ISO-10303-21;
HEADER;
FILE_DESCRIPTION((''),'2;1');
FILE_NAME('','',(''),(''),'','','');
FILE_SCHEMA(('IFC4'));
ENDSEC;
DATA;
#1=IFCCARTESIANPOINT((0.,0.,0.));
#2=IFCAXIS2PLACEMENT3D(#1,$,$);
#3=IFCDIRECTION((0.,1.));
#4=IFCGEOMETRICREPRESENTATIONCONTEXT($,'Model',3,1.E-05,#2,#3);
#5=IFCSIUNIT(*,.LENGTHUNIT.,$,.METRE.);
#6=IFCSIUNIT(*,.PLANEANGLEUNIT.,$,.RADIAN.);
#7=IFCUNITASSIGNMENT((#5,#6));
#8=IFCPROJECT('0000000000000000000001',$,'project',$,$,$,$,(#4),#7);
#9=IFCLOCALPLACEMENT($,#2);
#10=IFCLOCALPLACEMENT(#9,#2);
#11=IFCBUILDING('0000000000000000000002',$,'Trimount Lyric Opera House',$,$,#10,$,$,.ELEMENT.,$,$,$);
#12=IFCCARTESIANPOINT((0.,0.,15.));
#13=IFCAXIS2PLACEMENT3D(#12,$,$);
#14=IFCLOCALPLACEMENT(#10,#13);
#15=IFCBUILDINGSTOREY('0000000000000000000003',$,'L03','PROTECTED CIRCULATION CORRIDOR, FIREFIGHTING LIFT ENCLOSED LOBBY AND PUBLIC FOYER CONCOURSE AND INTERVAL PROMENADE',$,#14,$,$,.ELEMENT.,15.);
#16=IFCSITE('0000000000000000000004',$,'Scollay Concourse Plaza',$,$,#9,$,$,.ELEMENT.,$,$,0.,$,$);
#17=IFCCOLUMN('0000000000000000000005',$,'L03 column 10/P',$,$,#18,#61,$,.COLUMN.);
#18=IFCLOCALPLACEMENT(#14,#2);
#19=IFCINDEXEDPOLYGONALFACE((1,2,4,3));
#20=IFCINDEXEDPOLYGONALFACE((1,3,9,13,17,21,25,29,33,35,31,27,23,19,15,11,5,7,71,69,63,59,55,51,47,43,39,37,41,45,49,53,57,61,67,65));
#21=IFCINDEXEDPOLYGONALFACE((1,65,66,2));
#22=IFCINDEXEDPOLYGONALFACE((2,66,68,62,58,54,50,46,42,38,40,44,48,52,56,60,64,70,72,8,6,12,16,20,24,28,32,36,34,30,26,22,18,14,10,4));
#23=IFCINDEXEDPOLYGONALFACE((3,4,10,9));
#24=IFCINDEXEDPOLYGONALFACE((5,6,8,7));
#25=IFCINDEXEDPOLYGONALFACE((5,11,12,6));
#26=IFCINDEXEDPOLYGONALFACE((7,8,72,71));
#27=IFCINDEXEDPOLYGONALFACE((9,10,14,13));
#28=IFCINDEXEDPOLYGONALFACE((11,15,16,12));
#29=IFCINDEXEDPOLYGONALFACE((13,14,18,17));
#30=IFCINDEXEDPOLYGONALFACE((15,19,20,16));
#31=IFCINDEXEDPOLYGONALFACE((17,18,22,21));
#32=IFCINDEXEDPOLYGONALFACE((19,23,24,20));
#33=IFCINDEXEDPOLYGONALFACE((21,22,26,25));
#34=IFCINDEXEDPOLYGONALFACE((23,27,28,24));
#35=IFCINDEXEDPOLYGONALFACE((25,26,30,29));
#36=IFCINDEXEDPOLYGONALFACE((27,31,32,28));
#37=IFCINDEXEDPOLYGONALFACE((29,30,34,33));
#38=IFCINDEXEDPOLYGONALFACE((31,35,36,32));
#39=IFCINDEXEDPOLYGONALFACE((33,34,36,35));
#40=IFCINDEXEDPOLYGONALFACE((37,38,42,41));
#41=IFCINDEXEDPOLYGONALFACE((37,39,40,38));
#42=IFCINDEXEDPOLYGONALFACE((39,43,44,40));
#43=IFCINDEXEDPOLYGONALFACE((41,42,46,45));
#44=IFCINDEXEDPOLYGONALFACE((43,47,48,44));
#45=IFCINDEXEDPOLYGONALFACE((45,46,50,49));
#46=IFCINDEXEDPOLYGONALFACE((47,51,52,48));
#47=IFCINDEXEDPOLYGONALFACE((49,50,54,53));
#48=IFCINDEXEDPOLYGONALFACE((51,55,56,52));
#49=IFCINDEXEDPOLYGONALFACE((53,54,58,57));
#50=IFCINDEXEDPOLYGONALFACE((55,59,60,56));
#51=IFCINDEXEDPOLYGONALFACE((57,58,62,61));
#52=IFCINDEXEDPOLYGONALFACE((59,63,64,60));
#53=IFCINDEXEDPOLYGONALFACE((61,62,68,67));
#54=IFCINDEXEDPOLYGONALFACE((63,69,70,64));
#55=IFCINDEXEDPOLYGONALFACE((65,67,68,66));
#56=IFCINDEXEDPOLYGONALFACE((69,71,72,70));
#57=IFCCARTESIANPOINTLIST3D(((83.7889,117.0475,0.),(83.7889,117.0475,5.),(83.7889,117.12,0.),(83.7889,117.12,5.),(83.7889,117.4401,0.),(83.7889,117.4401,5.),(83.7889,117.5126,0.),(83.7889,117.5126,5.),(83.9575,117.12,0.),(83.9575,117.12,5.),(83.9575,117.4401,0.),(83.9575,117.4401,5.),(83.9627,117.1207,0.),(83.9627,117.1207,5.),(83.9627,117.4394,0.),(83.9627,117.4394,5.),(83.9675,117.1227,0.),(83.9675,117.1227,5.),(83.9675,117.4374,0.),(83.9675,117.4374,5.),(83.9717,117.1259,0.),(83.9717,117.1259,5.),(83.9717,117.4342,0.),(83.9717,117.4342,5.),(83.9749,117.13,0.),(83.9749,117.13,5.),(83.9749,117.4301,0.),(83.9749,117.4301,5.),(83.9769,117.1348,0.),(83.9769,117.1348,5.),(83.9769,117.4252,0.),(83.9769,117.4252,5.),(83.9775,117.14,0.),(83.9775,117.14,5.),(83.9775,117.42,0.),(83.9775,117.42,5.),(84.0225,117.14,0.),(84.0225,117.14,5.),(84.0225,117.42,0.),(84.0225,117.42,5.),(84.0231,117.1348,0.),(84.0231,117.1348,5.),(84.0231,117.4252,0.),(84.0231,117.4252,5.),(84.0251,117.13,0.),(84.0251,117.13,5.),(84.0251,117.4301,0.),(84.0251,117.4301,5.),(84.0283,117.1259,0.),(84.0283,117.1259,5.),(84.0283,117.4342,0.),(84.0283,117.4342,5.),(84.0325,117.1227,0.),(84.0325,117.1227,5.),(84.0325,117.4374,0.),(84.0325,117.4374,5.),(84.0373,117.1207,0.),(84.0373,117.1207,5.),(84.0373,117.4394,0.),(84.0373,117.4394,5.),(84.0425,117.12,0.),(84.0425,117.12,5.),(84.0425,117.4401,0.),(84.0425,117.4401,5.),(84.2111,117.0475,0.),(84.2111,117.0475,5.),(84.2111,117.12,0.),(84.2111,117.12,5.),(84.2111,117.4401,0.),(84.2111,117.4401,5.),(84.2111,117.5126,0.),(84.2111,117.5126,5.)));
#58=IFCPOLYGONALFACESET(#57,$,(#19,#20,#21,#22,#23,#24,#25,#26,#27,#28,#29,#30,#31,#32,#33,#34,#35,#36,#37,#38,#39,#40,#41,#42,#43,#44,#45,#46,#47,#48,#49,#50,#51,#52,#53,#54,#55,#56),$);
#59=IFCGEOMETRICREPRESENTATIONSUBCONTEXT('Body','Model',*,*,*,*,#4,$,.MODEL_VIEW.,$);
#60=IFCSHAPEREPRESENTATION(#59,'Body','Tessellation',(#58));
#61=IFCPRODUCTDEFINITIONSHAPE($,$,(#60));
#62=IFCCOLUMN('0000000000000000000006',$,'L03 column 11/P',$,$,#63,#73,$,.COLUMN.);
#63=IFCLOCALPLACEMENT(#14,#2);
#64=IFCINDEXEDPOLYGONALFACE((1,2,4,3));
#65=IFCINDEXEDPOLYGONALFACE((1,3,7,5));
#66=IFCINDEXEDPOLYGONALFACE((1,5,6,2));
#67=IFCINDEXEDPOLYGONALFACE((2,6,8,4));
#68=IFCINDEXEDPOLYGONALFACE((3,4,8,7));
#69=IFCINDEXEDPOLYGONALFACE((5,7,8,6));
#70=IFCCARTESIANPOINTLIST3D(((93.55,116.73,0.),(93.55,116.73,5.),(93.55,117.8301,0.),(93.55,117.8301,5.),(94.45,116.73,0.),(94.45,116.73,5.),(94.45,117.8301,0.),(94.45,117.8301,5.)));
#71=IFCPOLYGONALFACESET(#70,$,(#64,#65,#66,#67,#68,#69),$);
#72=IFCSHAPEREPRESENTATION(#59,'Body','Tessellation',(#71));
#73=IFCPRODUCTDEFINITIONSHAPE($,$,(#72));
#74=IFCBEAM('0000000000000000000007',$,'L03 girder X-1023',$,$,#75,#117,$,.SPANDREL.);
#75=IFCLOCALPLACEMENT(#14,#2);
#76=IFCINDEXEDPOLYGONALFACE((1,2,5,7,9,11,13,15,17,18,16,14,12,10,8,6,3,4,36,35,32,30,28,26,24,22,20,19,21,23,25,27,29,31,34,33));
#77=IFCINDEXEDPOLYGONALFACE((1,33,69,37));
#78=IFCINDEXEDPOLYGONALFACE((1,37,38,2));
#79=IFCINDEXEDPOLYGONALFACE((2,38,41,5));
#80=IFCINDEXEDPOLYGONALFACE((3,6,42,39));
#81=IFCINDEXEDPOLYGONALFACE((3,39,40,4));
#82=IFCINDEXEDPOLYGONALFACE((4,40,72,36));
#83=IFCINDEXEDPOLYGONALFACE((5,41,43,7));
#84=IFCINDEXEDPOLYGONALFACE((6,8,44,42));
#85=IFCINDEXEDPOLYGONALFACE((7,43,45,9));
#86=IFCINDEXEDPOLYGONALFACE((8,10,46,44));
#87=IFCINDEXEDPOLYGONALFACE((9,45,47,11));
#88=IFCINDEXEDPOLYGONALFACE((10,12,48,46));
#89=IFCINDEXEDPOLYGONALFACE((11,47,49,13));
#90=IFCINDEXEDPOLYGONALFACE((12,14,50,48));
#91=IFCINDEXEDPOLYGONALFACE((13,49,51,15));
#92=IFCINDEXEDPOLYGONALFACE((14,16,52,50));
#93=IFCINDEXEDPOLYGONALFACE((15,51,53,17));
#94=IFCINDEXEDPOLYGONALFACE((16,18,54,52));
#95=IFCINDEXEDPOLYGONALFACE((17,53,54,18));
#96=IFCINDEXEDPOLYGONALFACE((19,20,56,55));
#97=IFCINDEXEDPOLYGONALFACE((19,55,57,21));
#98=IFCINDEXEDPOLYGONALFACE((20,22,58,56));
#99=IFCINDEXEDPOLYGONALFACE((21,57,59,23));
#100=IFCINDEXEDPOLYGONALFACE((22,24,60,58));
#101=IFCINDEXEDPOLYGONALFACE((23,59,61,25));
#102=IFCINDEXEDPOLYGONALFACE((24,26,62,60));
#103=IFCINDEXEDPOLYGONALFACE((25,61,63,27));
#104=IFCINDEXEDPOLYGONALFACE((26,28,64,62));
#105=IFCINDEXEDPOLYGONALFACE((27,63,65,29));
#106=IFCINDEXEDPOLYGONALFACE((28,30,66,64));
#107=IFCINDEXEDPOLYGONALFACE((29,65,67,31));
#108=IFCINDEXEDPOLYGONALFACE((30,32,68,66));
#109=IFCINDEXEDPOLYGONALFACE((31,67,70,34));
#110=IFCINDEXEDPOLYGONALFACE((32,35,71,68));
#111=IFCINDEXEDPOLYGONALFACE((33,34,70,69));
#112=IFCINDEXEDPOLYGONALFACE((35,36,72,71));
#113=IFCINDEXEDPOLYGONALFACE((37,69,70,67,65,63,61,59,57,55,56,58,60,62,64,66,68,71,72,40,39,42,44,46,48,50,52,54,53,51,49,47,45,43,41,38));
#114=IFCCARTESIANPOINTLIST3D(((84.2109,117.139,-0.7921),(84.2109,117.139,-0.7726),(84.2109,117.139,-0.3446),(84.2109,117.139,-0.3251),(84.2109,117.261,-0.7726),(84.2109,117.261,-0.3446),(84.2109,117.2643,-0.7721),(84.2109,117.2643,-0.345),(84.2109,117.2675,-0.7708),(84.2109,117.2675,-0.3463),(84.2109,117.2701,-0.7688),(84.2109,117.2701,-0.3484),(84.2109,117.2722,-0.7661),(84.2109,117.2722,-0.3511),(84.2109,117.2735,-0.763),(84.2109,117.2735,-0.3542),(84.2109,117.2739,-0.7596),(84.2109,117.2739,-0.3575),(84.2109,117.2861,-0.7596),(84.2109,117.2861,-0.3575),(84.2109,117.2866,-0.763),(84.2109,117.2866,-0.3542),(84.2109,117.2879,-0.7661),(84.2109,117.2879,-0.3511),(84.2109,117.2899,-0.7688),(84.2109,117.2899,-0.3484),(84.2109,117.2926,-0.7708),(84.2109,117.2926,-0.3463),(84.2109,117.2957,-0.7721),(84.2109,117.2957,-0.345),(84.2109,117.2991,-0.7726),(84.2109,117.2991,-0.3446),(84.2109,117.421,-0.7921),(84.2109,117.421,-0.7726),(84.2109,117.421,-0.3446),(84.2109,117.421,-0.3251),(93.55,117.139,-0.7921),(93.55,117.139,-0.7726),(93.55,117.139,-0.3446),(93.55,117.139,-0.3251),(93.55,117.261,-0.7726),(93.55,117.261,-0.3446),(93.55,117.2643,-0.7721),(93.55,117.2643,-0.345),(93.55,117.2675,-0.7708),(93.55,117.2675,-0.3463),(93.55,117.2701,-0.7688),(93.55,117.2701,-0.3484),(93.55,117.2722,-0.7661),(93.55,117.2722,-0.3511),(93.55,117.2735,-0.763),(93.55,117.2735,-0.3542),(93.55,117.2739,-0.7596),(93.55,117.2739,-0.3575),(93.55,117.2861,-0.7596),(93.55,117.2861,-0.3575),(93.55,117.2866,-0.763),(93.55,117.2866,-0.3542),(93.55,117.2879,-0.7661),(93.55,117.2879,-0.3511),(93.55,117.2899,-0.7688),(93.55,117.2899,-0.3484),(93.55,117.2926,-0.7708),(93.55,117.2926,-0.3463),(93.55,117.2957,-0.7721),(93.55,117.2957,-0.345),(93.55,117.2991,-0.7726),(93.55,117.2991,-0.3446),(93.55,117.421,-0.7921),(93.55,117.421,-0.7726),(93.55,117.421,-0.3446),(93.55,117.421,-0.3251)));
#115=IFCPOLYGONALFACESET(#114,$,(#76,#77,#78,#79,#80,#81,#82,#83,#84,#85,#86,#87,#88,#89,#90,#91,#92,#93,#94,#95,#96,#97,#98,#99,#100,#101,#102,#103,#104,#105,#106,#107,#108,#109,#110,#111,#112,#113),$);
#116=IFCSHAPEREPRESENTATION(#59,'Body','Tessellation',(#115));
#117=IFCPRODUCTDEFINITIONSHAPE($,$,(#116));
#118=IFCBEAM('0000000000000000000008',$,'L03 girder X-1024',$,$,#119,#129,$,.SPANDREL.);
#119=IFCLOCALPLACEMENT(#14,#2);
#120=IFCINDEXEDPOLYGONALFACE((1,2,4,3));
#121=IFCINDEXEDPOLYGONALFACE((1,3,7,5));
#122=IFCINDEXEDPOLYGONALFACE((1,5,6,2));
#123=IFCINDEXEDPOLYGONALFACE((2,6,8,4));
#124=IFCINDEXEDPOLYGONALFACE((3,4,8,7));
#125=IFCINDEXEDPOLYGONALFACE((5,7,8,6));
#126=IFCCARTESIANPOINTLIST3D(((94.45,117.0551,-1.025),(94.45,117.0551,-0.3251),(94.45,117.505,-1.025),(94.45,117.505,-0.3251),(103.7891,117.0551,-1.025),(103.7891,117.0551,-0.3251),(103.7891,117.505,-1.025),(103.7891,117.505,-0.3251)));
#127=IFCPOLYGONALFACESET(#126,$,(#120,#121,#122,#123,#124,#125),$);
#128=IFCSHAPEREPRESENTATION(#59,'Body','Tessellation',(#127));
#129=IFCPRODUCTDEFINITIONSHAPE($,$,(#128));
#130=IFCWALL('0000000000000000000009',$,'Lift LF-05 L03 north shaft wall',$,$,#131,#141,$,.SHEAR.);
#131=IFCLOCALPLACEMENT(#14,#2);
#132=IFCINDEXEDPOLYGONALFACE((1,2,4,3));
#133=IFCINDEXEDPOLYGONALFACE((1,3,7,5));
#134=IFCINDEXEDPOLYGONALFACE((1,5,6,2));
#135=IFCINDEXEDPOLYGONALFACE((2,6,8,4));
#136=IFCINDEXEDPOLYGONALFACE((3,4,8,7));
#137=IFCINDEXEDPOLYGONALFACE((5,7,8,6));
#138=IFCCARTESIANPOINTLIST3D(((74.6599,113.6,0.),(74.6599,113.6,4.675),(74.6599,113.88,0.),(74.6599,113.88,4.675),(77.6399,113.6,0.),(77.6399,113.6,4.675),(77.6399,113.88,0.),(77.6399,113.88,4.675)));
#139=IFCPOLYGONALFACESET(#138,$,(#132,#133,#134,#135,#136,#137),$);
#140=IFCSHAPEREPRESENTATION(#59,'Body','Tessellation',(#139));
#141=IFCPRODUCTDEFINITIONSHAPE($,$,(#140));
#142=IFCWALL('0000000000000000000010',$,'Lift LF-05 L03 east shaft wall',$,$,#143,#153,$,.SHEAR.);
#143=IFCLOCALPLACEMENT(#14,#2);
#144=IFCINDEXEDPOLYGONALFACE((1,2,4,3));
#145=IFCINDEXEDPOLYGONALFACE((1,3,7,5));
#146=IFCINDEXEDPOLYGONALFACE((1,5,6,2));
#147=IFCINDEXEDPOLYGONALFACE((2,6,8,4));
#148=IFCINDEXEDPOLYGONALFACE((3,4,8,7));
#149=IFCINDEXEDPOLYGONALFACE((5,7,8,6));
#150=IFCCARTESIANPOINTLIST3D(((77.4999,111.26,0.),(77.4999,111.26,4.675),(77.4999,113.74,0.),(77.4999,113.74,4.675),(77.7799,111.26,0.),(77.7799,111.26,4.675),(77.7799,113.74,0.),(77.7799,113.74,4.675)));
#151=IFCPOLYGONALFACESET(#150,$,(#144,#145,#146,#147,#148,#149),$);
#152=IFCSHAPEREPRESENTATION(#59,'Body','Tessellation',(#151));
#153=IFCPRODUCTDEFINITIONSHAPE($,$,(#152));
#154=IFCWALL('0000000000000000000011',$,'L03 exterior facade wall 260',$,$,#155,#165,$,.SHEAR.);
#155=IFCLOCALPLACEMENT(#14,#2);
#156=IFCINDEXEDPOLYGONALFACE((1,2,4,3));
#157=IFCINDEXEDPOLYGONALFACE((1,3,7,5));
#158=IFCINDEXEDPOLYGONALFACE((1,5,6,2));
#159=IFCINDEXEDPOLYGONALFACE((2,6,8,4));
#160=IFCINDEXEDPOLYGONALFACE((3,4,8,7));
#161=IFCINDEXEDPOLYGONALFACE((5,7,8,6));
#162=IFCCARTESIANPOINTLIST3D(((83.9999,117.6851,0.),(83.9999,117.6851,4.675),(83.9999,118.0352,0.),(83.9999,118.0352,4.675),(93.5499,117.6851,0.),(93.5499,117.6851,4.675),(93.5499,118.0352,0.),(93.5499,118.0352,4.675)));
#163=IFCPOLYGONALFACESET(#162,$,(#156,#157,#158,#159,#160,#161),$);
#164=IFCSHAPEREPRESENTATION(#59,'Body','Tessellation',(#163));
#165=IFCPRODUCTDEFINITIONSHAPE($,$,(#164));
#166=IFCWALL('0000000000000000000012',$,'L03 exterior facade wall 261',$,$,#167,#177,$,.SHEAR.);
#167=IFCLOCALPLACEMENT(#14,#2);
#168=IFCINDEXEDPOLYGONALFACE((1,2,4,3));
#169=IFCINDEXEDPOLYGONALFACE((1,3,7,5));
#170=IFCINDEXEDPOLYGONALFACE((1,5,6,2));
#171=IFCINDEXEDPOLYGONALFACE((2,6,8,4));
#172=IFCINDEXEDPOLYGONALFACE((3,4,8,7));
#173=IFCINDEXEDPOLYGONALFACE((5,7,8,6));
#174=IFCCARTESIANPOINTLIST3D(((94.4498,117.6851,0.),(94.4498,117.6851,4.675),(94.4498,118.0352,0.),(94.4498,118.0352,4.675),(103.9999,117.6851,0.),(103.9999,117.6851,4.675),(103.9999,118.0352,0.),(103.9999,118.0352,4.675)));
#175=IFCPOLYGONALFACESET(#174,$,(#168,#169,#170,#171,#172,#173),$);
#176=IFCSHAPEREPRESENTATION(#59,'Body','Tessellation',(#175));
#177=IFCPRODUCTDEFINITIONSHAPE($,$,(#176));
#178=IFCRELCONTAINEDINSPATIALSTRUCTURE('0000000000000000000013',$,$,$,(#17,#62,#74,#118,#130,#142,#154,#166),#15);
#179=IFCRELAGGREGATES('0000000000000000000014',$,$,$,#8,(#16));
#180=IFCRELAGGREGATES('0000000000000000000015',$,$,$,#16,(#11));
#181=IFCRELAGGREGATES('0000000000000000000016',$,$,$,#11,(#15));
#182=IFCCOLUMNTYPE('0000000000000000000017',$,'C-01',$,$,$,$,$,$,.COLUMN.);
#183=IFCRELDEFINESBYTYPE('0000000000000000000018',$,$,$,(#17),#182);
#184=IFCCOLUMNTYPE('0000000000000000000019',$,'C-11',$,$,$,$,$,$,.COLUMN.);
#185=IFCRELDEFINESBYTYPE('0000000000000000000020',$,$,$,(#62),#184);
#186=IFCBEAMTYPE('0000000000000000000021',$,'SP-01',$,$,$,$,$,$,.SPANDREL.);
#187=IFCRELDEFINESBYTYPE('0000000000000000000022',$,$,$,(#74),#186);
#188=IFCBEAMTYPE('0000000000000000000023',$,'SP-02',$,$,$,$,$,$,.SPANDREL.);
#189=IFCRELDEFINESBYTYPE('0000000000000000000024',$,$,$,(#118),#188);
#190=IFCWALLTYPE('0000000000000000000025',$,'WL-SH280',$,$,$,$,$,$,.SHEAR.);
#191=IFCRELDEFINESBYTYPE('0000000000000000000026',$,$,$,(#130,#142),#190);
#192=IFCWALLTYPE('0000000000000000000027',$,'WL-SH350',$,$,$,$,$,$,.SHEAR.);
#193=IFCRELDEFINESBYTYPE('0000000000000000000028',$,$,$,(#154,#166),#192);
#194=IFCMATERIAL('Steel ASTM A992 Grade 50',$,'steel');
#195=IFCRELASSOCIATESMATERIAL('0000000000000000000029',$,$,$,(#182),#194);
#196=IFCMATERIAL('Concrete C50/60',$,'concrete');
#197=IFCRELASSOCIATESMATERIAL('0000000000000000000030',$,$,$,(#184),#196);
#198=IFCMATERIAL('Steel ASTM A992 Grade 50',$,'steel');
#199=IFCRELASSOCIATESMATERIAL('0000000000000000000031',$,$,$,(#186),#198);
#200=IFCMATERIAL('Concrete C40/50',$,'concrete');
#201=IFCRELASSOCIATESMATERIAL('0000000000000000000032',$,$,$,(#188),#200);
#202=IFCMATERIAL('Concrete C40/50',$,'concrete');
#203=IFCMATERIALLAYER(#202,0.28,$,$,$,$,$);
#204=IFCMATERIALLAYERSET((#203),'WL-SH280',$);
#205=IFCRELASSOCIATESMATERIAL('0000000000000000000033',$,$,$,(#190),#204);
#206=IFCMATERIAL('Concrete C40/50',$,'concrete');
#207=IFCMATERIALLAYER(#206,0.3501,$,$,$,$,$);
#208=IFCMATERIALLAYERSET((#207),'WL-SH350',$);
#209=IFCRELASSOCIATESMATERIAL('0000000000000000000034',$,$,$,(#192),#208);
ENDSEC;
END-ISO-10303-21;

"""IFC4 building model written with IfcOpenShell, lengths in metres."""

from ifc_helpers import new_model, si_unit, direction, frame, frame_2d, origin, origin_2d, place, context, subcontext, project, spatial, rectangle, i_section, extrude, material, layer, layer_set, material_profile, profile_set, type_object, element, save


model = new_model("IFC4")

# Units and contexts
model_context = context("Model", 3, precision=1e-05, world=origin(), true_north=direction((0.0, 1.0)))
body_context = subcontext(model_context, "Body", "Model", "MODEL_VIEW")
ifc_project = project(units=[si_unit("LENGTHUNIT", "METRE"), si_unit("PLANEANGLEUNIT", "RADIAN")], contexts=[model_context])

# Site, building, storey
site_placement = place(None, origin())
site = spatial("IfcSite", under=ifc_project, at=site_placement, Name="Scollay Concourse Plaza", CompositionType="ELEMENT", RefElevation=0.0)
building_placement = place(site_placement, origin())
building = spatial("IfcBuilding", under=site, at=building_placement, Name="Trimount Lyric Opera House", CompositionType="ELEMENT")
storey_placement = place(building_placement, frame((0.0, 0.0, 15.0)))
storey = spatial("IfcBuildingStorey", under=building, at=storey_placement, Name="L03", Description="PROTECTED CIRCULATION CORRIDOR, FIREFIGHTING LIFT ENCLOSED LOBBY AND PUBLIC FOYER CONCOURSE AND INTERVAL PROMENADE", CompositionType="ELEMENT", Elevation=15.0)

# Columns
ifc_material_1 = material(Name="Steel ASTM A992 Grade 50", Category="steel")
ifc_material_profile_1 = material_profile(ifc_material_1, i_section(OverallWidth=0.4221, OverallDepth=0.4651, WebThickness=0.0449, FlangeThickness=0.0725, FilletRadius=0.02, at=origin_2d()), Name="W14X398")
ifc_profile_set_1 = profile_set([ifc_material_profile_1], Name="Steel ASTM A992 Grade 50")
column_type_1 = type_object("IfcColumnType", Name="C-01", PredefinedType="COLUMN", material=ifc_profile_set_1)
column_1_placement = place(storey_placement, frame((84.0, 117.28, 0.0), z_axis=(0.0, 0.0, 1.0), x_axis=(1.0, 0.0, 0.0)))
element("IfcColumn", 1, at=column_1_placement, inside=storey, type_object=column_type_1, Name="L03 column 10/P", PredefinedType="COLUMN", context=body_context, shape_type="SweptSolid", body=[
    extrude(i_section(OverallWidth=0.4221, OverallDepth=0.4651, WebThickness=0.0449, FlangeThickness=0.0725, FilletRadius=0.02, at=origin_2d()), origin(), (0.0, 0.0, 1.0), 5.0),
])
ifc_material_2 = material(Name="Concrete C50/60", Category="concrete")
ifc_material_profile_2 = material_profile(ifc_material_2, rectangle(XDim=0.8999, YDim=1.1001, at=origin_2d()), Name="RC1100X900")
ifc_profile_set_2 = profile_set([ifc_material_profile_2], Name="Concrete C50/60")
column_type_2 = type_object("IfcColumnType", Name="C-11", PredefinedType="COLUMN", material=ifc_profile_set_2)
column_2_placement = place(storey_placement, frame((94.0, 117.28, 0.0), z_axis=(0.0, 0.0, 1.0), x_axis=(1.0, 0.0, 0.0)))
element("IfcColumn", 2, at=column_2_placement, inside=storey, type_object=column_type_2, Name="L03 column 11/P", PredefinedType="COLUMN", context=body_context, shape_type="SweptSolid", body=[
    extrude(rectangle(XDim=0.8999, YDim=1.1001, at=origin_2d()), origin(), (0.0, 0.0, 1.0), 5.0),
])

# Beams
ifc_material_3 = material(Name="Steel ASTM A992 Grade 50", Category="steel")
ifc_material_profile_3 = material_profile(ifc_material_3, i_section(OverallWidth=0.282, OverallDepth=0.467, WebThickness=0.0122, FlangeThickness=0.0195, FilletRadius=0.0129, at=origin_2d()), Name="W18X86")
ifc_profile_set_3 = profile_set([ifc_material_profile_3], Name="Steel ASTM A992 Grade 50")
beam_type_1 = type_object("IfcBeamType", Name="SP-01", PredefinedType="SPANDREL", material=ifc_profile_set_3)
beam_1_placement = place(storey_placement, frame((84.2109, 117.28, -0.5586), z_axis=(1.0, 0.0, 0.0), x_axis=(0.0, 1.0, 0.0)))
element("IfcBeam", 3, at=beam_1_placement, inside=storey, type_object=beam_type_1, Name="L03 girder X-1023", PredefinedType="SPANDREL", context=body_context, shape_type="SweptSolid", body=[
    extrude(i_section(OverallWidth=0.282, OverallDepth=0.467, WebThickness=0.0122, FlangeThickness=0.0195, FilletRadius=0.0129, at=origin_2d()), origin(), (0.0, 0.0, 1.0), 9.3391),
])
ifc_material_4 = material(Name="Concrete C40/50", Category="concrete")
ifc_material_profile_4 = material_profile(ifc_material_4, rectangle(XDim=0.45, YDim=0.7, at=origin_2d()), Name="RC450X700")
ifc_profile_set_4 = profile_set([ifc_material_profile_4], Name="Concrete C40/50")
beam_type_2 = type_object("IfcBeamType", Name="SP-02", PredefinedType="SPANDREL", material=ifc_profile_set_4)
beam_2_placement = place(storey_placement, frame((94.45, 117.28, -0.675), z_axis=(1.0, 0.0, 0.0), x_axis=(0.0, 1.0, 0.0)))
element("IfcBeam", 4, at=beam_2_placement, inside=storey, type_object=beam_type_2, Name="L03 girder X-1024", PredefinedType="SPANDREL", context=body_context, shape_type="SweptSolid", body=[
    extrude(rectangle(XDim=0.45, YDim=0.7, at=origin_2d()), origin(), (0.0, 0.0, 1.0), 9.3391),
])

# Walls
ifc_material_5 = material(Name="Concrete C40/50", Category="concrete")
ifc_layer_1 = layer(ifc_material_5, 0.28)
ifc_layer_set_1 = layer_set([ifc_layer_1], Name="WL-SH280")
wall_type_1 = type_object("IfcWallType", Name="WL-SH280", PredefinedType="SHEAR", material=ifc_layer_set_1)
wall_1_placement = place(storey_placement, frame((77.6399, 113.74, 0.0), z_axis=(0.0, 0.0, 1.0), x_axis=(-1.0, 0.0, 0.0)))
element("IfcWall", 5, at=wall_1_placement, inside=storey, type_object=wall_type_1, Name="Lift LF-05 L03 north shaft wall", PredefinedType="SHEAR", context=body_context, shape_type="SweptSolid", body=[
    extrude(rectangle(XDim=2.98, YDim=0.28, at=frame_2d((1.49, 0.0))), origin(), (0.0, 0.0, 1.0), 4.675),
])
wall_2_placement = place(storey_placement, frame((77.6399, 111.26, 0.0), z_axis=(0.0, 0.0, 1.0), x_axis=(0.0, 1.0, 0.0)))
element("IfcWall", 6, at=wall_2_placement, inside=storey, type_object=wall_type_1, Name="Lift LF-05 L03 east shaft wall", PredefinedType="SHEAR", context=body_context, shape_type="SweptSolid", body=[
    extrude(rectangle(XDim=2.48, YDim=0.28, at=frame_2d((1.24, 0.0))), origin(), (0.0, 0.0, 1.0), 4.675),
])
ifc_material_6 = material(Name="Concrete C40/50", Category="concrete")
ifc_layer_2 = layer(ifc_material_6, 0.3501)
ifc_layer_set_2 = layer_set([ifc_layer_2], Name="WL-SH350")
wall_type_2 = type_object("IfcWallType", Name="WL-SH350", PredefinedType="SHEAR", material=ifc_layer_set_2)
for number, where, z_axis, x_axis, name in (
    (7, (84.0, 117.8601, 0.0), (0.0, 0.0, 1.0), (1.0, 0.0, 0.0), "L03 exterior facade wall 260"),
    (8, (94.45, 117.8601, 0.0), (0.0, 0.0, 1.0), (1.0, 0.0, 0.0), "L03 exterior facade wall 261"),
):
    element("IfcWall", number, at=place(storey_placement, frame(where, z_axis=z_axis, x_axis=x_axis)), inside=storey, type_object=wall_type_2, Name=name, PredefinedType="SHEAR", context=body_context, shape_type="SweptSolid", body=[
        extrude(rectangle(XDim=9.55, YDim=0.3501, at=frame_2d((4.7749, 0.0))), origin(), (0.0, 0.0, 1.0), 4.675),
    ])

save(model, "model.ifc")
